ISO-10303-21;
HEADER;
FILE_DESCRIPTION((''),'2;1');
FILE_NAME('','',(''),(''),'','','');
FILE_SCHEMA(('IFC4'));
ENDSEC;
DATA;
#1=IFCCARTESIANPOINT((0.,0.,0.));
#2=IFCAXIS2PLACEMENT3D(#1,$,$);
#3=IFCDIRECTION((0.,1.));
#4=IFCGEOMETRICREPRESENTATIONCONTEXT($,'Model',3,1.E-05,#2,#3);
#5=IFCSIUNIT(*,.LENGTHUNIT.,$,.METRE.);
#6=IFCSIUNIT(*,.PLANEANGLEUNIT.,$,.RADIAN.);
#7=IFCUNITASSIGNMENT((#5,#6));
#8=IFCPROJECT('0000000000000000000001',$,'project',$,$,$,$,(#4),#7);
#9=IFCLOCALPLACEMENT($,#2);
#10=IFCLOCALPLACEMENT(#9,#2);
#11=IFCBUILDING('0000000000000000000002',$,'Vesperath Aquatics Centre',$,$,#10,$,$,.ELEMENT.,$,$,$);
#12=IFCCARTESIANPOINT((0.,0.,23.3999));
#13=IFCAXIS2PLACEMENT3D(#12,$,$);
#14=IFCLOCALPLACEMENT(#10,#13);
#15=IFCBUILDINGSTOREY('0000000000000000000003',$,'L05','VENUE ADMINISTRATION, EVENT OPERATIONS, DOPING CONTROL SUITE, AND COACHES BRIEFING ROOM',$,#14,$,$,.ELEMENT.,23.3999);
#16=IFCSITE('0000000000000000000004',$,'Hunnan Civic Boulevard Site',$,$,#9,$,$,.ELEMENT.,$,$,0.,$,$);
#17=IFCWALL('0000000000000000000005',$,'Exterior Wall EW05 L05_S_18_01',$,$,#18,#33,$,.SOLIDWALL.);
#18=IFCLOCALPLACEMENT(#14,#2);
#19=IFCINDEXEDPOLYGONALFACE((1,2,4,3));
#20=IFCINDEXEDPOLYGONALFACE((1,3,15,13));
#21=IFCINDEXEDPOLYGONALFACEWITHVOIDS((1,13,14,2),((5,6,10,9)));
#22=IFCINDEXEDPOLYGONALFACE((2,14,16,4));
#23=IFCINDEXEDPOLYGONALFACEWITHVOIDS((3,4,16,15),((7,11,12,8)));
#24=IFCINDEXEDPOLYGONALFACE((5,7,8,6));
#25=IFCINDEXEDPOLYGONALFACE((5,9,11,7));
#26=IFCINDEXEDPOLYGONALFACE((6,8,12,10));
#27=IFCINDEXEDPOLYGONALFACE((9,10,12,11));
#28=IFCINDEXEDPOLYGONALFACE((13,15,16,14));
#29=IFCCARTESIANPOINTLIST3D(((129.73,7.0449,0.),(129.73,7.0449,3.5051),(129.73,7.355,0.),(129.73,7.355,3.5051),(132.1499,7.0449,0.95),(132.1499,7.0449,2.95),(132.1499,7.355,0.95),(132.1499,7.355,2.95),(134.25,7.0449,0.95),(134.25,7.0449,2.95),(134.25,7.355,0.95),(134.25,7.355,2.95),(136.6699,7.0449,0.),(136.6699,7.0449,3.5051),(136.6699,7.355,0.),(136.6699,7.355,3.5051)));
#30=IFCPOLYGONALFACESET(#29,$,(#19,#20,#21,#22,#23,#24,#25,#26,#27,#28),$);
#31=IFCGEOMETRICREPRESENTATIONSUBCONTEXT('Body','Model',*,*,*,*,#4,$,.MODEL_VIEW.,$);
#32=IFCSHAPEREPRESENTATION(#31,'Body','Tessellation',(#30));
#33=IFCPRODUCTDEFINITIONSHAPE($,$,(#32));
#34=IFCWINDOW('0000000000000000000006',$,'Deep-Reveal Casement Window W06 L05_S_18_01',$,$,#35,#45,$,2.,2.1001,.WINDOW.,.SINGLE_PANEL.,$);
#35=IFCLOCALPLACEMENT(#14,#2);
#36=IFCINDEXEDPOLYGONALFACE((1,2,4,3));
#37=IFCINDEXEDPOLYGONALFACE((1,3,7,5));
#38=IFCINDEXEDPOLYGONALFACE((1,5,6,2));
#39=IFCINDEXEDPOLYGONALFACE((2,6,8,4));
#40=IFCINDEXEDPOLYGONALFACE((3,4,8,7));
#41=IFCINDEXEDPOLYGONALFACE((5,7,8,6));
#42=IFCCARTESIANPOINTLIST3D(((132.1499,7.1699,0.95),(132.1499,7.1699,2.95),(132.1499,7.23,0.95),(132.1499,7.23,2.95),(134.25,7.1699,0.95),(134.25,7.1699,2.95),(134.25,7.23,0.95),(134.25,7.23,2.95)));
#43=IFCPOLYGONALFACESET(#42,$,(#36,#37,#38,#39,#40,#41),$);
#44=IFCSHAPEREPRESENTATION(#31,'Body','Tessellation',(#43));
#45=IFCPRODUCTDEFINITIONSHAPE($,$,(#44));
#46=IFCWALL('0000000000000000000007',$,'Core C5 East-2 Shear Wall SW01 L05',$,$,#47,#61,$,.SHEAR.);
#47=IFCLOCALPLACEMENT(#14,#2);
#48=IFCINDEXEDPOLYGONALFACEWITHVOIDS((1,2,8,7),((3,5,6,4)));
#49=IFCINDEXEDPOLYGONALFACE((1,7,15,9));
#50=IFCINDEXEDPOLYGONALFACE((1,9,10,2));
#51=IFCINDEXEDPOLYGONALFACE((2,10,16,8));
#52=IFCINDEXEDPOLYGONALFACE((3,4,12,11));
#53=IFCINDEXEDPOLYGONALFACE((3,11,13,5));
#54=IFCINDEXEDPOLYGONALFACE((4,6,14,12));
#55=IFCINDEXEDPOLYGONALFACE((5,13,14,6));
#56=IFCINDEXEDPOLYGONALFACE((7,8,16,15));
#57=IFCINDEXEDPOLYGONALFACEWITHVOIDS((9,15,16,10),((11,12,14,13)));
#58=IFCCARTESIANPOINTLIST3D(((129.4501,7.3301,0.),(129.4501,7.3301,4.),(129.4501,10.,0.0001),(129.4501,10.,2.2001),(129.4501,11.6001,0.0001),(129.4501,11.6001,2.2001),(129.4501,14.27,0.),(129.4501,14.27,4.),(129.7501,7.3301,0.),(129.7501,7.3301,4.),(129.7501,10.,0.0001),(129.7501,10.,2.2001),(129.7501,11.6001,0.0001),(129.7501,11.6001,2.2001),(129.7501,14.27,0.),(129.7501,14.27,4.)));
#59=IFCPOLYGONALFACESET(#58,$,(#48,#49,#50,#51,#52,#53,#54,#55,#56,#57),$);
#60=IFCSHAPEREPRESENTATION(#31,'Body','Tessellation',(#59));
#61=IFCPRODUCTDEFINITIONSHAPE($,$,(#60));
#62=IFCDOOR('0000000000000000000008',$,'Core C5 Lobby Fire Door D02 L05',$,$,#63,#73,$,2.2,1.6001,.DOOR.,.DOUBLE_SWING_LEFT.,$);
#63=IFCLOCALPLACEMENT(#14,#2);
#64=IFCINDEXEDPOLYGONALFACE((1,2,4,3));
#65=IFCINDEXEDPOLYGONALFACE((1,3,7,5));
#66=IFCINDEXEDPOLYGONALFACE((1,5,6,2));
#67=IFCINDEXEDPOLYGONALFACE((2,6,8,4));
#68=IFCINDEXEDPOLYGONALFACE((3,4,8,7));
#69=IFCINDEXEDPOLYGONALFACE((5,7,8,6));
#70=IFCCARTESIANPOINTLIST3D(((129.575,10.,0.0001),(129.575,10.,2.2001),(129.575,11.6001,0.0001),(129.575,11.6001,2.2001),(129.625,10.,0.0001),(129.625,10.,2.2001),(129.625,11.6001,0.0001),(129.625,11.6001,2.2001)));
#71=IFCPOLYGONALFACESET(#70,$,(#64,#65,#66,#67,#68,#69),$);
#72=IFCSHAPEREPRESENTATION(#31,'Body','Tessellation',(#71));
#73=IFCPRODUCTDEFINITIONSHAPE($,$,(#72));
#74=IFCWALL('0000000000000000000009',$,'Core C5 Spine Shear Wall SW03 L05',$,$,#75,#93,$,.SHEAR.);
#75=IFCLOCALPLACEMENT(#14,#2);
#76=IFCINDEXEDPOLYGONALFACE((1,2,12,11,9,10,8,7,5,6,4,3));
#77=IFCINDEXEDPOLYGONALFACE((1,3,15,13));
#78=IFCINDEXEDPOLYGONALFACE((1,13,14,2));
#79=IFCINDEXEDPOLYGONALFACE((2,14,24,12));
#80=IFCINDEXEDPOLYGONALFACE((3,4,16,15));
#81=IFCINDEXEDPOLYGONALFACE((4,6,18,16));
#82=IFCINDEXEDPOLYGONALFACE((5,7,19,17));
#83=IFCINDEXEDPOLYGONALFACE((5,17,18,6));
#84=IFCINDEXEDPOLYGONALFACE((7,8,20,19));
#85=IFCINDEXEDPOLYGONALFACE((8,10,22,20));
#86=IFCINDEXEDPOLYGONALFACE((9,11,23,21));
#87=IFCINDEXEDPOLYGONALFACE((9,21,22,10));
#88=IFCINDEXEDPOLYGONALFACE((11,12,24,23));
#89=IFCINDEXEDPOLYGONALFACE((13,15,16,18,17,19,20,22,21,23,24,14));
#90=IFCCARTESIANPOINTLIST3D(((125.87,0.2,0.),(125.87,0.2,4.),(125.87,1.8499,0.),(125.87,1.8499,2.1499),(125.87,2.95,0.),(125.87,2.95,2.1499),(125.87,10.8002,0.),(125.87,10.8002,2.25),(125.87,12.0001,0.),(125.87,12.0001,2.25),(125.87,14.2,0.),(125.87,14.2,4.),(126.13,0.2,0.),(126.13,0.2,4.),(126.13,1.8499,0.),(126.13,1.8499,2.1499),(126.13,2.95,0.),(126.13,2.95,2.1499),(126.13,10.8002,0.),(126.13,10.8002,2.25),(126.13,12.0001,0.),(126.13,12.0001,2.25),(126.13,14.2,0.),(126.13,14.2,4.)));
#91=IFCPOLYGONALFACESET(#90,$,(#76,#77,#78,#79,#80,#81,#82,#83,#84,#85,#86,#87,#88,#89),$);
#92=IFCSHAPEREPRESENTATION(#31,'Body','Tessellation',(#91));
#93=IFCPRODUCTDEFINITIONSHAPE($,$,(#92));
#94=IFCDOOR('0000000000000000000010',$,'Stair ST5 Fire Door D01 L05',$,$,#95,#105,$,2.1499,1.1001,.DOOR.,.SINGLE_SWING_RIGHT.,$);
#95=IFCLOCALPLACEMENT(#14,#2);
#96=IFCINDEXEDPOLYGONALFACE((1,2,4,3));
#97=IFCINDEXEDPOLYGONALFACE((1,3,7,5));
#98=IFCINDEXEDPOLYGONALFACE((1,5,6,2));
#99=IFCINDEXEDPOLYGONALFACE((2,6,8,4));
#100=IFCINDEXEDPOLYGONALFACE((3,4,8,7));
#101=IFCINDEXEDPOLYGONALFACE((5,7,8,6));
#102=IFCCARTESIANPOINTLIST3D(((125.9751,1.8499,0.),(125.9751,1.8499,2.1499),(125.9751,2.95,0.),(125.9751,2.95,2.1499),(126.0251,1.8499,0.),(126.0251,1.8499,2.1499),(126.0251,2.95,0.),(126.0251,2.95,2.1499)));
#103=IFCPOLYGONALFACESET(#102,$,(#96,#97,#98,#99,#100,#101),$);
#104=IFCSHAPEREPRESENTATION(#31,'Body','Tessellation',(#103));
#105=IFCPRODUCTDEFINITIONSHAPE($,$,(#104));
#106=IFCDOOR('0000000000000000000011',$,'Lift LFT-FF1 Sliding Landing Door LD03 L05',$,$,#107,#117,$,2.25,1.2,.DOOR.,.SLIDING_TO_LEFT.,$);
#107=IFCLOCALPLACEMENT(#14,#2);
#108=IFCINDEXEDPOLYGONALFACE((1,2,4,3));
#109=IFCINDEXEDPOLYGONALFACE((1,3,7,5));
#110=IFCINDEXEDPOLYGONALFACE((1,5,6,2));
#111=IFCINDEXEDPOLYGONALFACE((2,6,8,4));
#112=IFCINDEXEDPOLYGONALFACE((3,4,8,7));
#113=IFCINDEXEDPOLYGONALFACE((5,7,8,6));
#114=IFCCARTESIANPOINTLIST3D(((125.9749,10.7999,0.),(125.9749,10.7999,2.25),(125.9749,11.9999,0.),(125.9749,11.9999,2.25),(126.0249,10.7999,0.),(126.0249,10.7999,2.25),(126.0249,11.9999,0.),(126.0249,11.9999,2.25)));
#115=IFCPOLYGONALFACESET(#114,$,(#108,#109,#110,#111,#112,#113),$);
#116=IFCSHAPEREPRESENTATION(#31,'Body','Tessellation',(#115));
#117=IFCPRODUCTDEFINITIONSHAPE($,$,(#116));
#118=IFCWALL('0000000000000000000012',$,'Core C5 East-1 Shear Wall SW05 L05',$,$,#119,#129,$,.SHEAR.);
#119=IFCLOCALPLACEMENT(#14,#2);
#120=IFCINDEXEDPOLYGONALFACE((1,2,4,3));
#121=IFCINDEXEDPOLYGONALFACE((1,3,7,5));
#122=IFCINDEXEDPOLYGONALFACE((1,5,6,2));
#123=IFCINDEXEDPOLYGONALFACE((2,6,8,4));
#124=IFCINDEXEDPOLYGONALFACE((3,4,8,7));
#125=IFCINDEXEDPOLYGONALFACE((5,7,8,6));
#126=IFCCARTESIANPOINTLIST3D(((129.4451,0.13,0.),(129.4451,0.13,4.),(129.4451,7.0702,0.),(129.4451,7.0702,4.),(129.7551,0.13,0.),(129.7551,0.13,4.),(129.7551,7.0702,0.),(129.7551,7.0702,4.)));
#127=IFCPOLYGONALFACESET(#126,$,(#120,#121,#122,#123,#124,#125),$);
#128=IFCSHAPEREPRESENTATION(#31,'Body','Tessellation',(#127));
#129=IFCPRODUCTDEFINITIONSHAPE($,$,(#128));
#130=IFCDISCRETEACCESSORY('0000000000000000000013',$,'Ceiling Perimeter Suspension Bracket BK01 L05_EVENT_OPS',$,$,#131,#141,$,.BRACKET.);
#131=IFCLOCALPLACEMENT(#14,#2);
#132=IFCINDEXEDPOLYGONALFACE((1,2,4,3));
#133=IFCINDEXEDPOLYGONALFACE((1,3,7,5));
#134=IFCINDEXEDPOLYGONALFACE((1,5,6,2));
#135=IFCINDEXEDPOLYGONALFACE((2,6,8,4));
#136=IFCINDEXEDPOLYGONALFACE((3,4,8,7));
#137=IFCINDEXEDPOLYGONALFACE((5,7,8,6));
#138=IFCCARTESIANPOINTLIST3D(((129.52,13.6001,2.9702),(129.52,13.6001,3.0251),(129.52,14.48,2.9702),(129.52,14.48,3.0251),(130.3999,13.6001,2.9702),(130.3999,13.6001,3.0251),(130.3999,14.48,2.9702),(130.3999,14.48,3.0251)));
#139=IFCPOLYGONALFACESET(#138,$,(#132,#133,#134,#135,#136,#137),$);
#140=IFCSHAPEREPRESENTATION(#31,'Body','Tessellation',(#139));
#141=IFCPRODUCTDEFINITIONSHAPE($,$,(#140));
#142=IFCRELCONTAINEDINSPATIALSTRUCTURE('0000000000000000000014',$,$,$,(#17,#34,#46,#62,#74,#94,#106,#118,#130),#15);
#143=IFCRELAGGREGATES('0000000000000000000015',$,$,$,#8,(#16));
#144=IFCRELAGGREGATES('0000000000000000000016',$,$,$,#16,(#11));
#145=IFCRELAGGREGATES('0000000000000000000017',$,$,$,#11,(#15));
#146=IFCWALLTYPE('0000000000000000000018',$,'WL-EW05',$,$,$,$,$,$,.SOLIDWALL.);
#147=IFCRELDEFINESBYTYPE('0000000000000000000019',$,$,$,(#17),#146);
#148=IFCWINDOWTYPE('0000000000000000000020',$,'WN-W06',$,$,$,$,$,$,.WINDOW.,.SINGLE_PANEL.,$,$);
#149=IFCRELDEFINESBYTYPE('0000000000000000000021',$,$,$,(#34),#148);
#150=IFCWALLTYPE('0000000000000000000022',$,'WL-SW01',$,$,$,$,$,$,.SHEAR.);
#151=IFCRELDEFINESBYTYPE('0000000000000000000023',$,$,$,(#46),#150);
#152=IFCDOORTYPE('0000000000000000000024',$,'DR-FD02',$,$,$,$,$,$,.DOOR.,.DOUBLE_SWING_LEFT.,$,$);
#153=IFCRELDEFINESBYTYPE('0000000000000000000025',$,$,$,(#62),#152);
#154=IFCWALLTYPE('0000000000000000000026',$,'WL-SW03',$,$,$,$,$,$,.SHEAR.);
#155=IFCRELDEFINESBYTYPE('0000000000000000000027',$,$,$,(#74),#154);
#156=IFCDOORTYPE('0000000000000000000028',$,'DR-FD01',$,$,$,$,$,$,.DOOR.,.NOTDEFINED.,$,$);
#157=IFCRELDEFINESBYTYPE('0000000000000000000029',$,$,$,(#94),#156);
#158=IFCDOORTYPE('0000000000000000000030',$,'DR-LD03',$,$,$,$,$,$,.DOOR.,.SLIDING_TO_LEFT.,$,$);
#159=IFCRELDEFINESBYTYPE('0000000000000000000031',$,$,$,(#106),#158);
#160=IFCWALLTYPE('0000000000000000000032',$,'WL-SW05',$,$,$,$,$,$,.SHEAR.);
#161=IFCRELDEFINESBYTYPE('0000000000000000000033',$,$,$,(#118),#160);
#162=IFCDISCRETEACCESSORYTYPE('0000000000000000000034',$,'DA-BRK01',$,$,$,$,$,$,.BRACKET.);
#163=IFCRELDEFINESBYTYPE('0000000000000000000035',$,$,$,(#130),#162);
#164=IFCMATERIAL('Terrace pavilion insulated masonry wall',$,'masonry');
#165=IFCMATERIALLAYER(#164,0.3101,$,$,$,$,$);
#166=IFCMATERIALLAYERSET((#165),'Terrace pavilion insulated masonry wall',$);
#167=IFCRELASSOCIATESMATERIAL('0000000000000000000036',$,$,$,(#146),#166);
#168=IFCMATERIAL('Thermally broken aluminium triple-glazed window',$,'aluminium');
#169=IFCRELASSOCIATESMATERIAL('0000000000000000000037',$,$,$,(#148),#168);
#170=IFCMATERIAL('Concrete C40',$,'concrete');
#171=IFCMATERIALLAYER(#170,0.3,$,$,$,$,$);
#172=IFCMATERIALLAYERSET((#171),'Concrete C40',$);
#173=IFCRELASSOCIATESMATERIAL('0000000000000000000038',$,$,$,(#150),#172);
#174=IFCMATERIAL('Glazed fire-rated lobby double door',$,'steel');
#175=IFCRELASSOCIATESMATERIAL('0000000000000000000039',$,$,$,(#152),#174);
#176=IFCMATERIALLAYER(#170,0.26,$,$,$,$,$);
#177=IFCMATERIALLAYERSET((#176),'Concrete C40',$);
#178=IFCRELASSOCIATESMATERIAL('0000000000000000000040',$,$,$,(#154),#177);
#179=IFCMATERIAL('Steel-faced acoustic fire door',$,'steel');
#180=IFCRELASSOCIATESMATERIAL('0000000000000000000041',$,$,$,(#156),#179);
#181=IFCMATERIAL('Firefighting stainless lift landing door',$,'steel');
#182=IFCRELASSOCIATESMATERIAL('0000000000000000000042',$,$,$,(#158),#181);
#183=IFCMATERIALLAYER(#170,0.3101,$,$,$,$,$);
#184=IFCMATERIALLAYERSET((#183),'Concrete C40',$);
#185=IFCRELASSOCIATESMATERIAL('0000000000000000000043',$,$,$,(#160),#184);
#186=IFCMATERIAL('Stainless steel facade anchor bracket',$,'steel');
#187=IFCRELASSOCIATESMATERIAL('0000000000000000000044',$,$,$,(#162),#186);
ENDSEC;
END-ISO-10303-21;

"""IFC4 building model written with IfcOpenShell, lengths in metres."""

from ifc_helpers import new_model, si_unit, direction, frame, frame_2d, origin, origin_2d, place, context, subcontext, project, spatial, rectangle, extrude, material, layer, layer_set, type_object, element, fill, save


model = new_model("IFC4")

# Units and contexts
model_context = context("Model", 3, precision=1e-05, world=origin(), true_north=direction((0.0, 1.0)))
body_context = subcontext(model_context, "Body", "Model", "MODEL_VIEW")
ifc_project = project(units=[si_unit("LENGTHUNIT", "METRE"), si_unit("PLANEANGLEUNIT", "RADIAN")], contexts=[model_context])

# Site, building, storey
site_placement = place(None, origin())
site = spatial("IfcSite", under=ifc_project, at=site_placement, Name="Hunnan Civic Boulevard Site", CompositionType="ELEMENT", RefElevation=0.0)
building_placement = place(site_placement, origin())
building = spatial("IfcBuilding", under=site, at=building_placement, Name="Vesperath Aquatics Centre", CompositionType="ELEMENT")
storey_placement = place(building_placement, frame((0.0, 0.0, 23.3999)))
storey = spatial("IfcBuildingStorey", under=building, at=storey_placement, Name="L05", Description="VENUE ADMINISTRATION, EVENT OPERATIONS, DOPING CONTROL SUITE, AND COACHES BRIEFING ROOM", CompositionType="ELEMENT", Elevation=23.3999)

# Wall, opening, window
ifc_material_1 = material(Name="Terrace pavilion insulated masonry wall", Category="masonry")
ifc_layer_1 = layer(ifc_material_1, 0.3101)
ifc_layer_set_1 = layer_set([ifc_layer_1], Name="Terrace pavilion insulated masonry wall")
wall_type_1 = type_object("IfcWallType", Name="WL-EW05", PredefinedType="SOLIDWALL", material=ifc_layer_set_1)
wall_1_placement = place(storey_placement, frame((129.73, 7.2, 0.0), z_axis=(0.0, 0.0, 1.0), x_axis=(1.0, 0.0, 0.0)))
wall_1 = element("IfcWall", 1, at=wall_1_placement, inside=storey, type_object=wall_type_1, Name="Exterior Wall EW05 L05_S_18_01", PredefinedType="SOLIDWALL", context=body_context, shape_type="SweptSolid", body=[
    extrude(rectangle(XDim=6.9399, YDim=0.3101, at=frame_2d((3.47, 0.0))), origin(), (0.0, 0.0, 1.0), 3.5051),
])
opening_1_placement = place(wall_1_placement, frame((2.4199, 0.0, 0.95)))
opening_1 = element("IfcOpeningElement", 2, at=opening_1_placement, cuts=wall_1, PredefinedType="OPENING", context=body_context, shape_type="SweptSolid", body=[
    extrude(rectangle(XDim=2.1001, YDim=2.0, at=frame_2d((1.05, 1.0))), frame((0.0, 0.1699, 0.0), z_axis=(0.0, -1.0, 0.0), x_axis=(1.0, 0.0, 0.0)), (0.0, 0.0, 1.0), 0.3398),
])
ifc_material_2 = material(Name="Thermally broken aluminium triple-glazed window", Category="aluminium")
window_type = type_object("IfcWindowType", Name="WN-W06", PartitioningType="SINGLE_PANEL", PredefinedType="WINDOW", material=ifc_material_2)
window_placement = place(opening_1_placement, origin())
window = element("IfcWindow", 3, at=window_placement, inside=storey, type_object=window_type, Name="Deep-Reveal Casement Window W06 L05_S_18_01", OverallHeight=2.0, OverallWidth=2.1001, PartitioningType="SINGLE_PANEL", PredefinedType="WINDOW", context=body_context, shape_type="SweptSolid", body=[
    extrude(rectangle(XDim=2.1001, YDim=2.0, at=frame_2d((1.05, 1.0))), frame((0.0, 0.03, 0.0), z_axis=(0.0, -1.0, 0.0), x_axis=(1.0, 0.0, 0.0)), (0.0, 0.0, 1.0), 0.0601),
])
fill(opening_1, window)

# Wall, opening, door
ifc_material_3 = material(Name="Concrete C40", Category="concrete")
ifc_layer_2 = layer(ifc_material_3, 0.3)
ifc_layer_set_2 = layer_set([ifc_layer_2], Name="Concrete C40")
wall_type_2 = type_object("IfcWallType", Name="WL-SW01", PredefinedType="SHEAR", material=ifc_layer_set_2)
wall_2_placement = place(storey_placement, frame((129.6001, 7.3301, 0.0), z_axis=(0.0, 0.0, 1.0), x_axis=(0.0, 1.0, 0.0)))
wall_2 = element("IfcWall", 4, at=wall_2_placement, inside=storey, type_object=wall_type_2, Name="Core C5 East-2 Shear Wall SW01 L05", PredefinedType="SHEAR", context=body_context, shape_type="SweptSolid", body=[
    extrude(rectangle(XDim=6.9399, YDim=0.3, at=frame_2d((3.47, 0.0))), origin(), (0.0, 0.0, 1.0), 4.0),
])
opening_2_placement = place(wall_2_placement, frame((2.6699, 0.0, 0.0)))
opening_2 = element("IfcOpeningElement", 5, at=opening_2_placement, cuts=wall_2, PredefinedType="OPENING", context=body_context, shape_type="SweptSolid", body=[
    extrude(rectangle(XDim=1.6001, YDim=2.2, at=frame_2d((0.8, 1.1001))), frame((0.0, 0.165, 0.0), z_axis=(0.0, -1.0, 0.0), x_axis=(1.0, 0.0, 0.0)), (0.0, 0.0, 1.0), 0.3298),
])
ifc_material_4 = material(Name="Glazed fire-rated lobby double door", Category="steel")
door_type_1 = type_object("IfcDoorType", Name="DR-FD02", OperationType="DOUBLE_SWING_LEFT", PredefinedType="DOOR", material=ifc_material_4)
door_1_placement = place(opening_2_placement, frame((1.6001, 0.0, 0.0), z_axis=(0.0, 0.0, 1.0), x_axis=(-1.0, 0.0, 0.0)))
door_1 = element("IfcDoor", 6, at=door_1_placement, inside=storey, type_object=door_type_1, Name="Core C5 Lobby Fire Door D02 L05", OperationType="DOUBLE_SWING_LEFT", OverallHeight=2.2, OverallWidth=1.6001, PredefinedType="DOOR", context=body_context, shape_type="SweptSolid", body=[
    extrude(rectangle(XDim=1.6001, YDim=2.2, at=frame_2d((0.8, 1.1001))), frame((0.0, 0.0249, 0.0), z_axis=(0.0, -1.0, 0.0), x_axis=(1.0, 0.0, 0.0)), (0.0, 0.0, 1.0), 0.05),
])
fill(opening_2, door_1)

# Wall, openings, doors
ifc_layer_3 = layer(ifc_material_3, 0.26)
ifc_layer_set_3 = layer_set([ifc_layer_3], Name="Concrete C40")
wall_type_3 = type_object("IfcWallType", Name="WL-SW03", PredefinedType="SHEAR", material=ifc_layer_set_3)
wall_3_placement = place(storey_placement, frame((126.0, 0.2, 0.0), z_axis=(0.0, 0.0, 1.0), x_axis=(0.0, 1.0, 0.0)))
wall_3 = element("IfcWall", 7, at=wall_3_placement, inside=storey, type_object=wall_type_3, Name="Core C5 Spine Shear Wall SW03 L05", PredefinedType="SHEAR", context=body_context, shape_type="SweptSolid", body=[
    extrude(rectangle(XDim=14.0, YDim=0.26, at=frame_2d((7.0, 0.0))), origin(), (0.0, 0.0, 1.0), 4.0),
])
opening_3_placement = place(wall_3_placement, frame((1.6499, 0.0, 0.0)))
opening_3 = element("IfcOpeningElement", 8, at=opening_3_placement, cuts=wall_3, PredefinedType="OPENING", context=body_context, shape_type="SweptSolid", body=[
    extrude(rectangle(XDim=1.1001, YDim=2.1499, at=frame_2d((0.55, 1.075))), frame((0.0, 0.145, 0.0), z_axis=(0.0, -1.0, 0.0), x_axis=(1.0, 0.0, 0.0)), (0.0, 0.0, 1.0), 0.2898),
])
opening_4_placement = place(wall_3_placement, frame((10.6001, 0.0, 0.0)))
opening_4 = element("IfcOpeningElement", 9, at=opening_4_placement, cuts=wall_3, PredefinedType="OPENING", context=body_context, shape_type="SweptSolid", body=[
    extrude(rectangle(XDim=1.2, YDim=2.25, at=frame_2d((0.6001, 1.125))), frame((0.0, 0.145, 0.0), z_axis=(0.0, -1.0, 0.0), x_axis=(1.0, 0.0, 0.0)), (0.0, 0.0, 1.0), 0.2898),
])
ifc_material_5 = material(Name="Steel-faced acoustic fire door", Category="steel")
door_type_2 = type_object("IfcDoorType", Name="DR-FD01", OperationType="NOTDEFINED", PredefinedType="DOOR", material=ifc_material_5)
door_2_placement = place(opening_3_placement, origin())
door_2 = element("IfcDoor", 10, at=door_2_placement, inside=storey, type_object=door_type_2, Name="Stair ST5 Fire Door D01 L05", OperationType="SINGLE_SWING_RIGHT", OverallHeight=2.1499, OverallWidth=1.1001, PredefinedType="DOOR", context=body_context, shape_type="SweptSolid", body=[
    extrude(rectangle(XDim=1.1001, YDim=2.1499, at=frame_2d((0.55, 1.075))), frame((0.0, 0.0249, 0.0), z_axis=(0.0, -1.0, 0.0), x_axis=(1.0, 0.0, 0.0)), (0.0, 0.0, 1.0), 0.05),
])
fill(opening_3, door_2)
ifc_material_6 = material(Name="Firefighting stainless lift landing door", Category="steel")
door_type_3 = type_object("IfcDoorType", Name="DR-LD03", OperationType="SLIDING_TO_LEFT", PredefinedType="DOOR", material=ifc_material_6)
door_3_placement = place(opening_4_placement, frame((1.2, 0.0, 0.0), z_axis=(0.0, 0.0, 1.0), x_axis=(-1.0, 0.0, 0.0)))
door_3 = element("IfcDoor", 11, at=door_3_placement, inside=storey, type_object=door_type_3, Name="Lift LFT-FF1 Sliding Landing Door LD03 L05", OperationType="SLIDING_TO_LEFT", OverallHeight=2.25, OverallWidth=1.2, PredefinedType="DOOR", context=body_context, shape_type="SweptSolid", body=[
    extrude(rectangle(XDim=1.2, YDim=2.25, at=frame_2d((0.6001, 1.125))), frame((0.0, 0.0249, 0.0), z_axis=(0.0, -1.0, 0.0), x_axis=(1.0, 0.0, 0.0)), (0.0, 0.0, 1.0), 0.05),
])
fill(opening_4, door_3)

# Wall
ifc_layer_4 = layer(ifc_material_3, 0.3101)
ifc_layer_set_4 = layer_set([ifc_layer_4], Name="Concrete C40")
wall_type_4 = type_object("IfcWallType", Name="WL-SW05", PredefinedType="SHEAR", material=ifc_layer_set_4)
wall_4_placement = place(storey_placement, frame((129.6001, 0.1299, 0.0), z_axis=(0.0, 0.0, 1.0), x_axis=(0.0, 1.0, 0.0)))
element("IfcWall", 12, at=wall_4_placement, inside=storey, type_object=wall_type_4, Name="Core C5 East-1 Shear Wall SW05 L05", PredefinedType="SHEAR", context=body_context, shape_type="SweptSolid", body=[
    extrude(rectangle(XDim=6.9402, YDim=0.3101, at=frame_2d((3.4702, 0.0))), origin(), (0.0, 0.0, 1.0), 4.0),
])

# Discrete accessory
ifc_material_7 = material(Name="Stainless steel facade anchor bracket", Category="steel")
discrete_accessory_type = type_object("IfcDiscreteAccessoryType", Name="DA-BRK01", PredefinedType="BRACKET", material=ifc_material_7)
discrete_accessory_placement = place(storey_placement, frame((129.96, 14.04, 2.9702), z_axis=(0.0, 0.0, 1.0), x_axis=(1.0, 0.0, 0.0)))
element("IfcDiscreteAccessory", 13, at=discrete_accessory_placement, inside=storey, type_object=discrete_accessory_type, Name="Ceiling Perimeter Suspension Bracket BK01 L05_EVENT_OPS", PredefinedType="BRACKET", context=body_context, shape_type="SweptSolid", body=[
    extrude(rectangle(XDim=0.8799, YDim=0.8799, at=origin_2d()), origin(), (0.0, 0.0, 1.0), 0.0549),
])

save(model, "model.ifc")
